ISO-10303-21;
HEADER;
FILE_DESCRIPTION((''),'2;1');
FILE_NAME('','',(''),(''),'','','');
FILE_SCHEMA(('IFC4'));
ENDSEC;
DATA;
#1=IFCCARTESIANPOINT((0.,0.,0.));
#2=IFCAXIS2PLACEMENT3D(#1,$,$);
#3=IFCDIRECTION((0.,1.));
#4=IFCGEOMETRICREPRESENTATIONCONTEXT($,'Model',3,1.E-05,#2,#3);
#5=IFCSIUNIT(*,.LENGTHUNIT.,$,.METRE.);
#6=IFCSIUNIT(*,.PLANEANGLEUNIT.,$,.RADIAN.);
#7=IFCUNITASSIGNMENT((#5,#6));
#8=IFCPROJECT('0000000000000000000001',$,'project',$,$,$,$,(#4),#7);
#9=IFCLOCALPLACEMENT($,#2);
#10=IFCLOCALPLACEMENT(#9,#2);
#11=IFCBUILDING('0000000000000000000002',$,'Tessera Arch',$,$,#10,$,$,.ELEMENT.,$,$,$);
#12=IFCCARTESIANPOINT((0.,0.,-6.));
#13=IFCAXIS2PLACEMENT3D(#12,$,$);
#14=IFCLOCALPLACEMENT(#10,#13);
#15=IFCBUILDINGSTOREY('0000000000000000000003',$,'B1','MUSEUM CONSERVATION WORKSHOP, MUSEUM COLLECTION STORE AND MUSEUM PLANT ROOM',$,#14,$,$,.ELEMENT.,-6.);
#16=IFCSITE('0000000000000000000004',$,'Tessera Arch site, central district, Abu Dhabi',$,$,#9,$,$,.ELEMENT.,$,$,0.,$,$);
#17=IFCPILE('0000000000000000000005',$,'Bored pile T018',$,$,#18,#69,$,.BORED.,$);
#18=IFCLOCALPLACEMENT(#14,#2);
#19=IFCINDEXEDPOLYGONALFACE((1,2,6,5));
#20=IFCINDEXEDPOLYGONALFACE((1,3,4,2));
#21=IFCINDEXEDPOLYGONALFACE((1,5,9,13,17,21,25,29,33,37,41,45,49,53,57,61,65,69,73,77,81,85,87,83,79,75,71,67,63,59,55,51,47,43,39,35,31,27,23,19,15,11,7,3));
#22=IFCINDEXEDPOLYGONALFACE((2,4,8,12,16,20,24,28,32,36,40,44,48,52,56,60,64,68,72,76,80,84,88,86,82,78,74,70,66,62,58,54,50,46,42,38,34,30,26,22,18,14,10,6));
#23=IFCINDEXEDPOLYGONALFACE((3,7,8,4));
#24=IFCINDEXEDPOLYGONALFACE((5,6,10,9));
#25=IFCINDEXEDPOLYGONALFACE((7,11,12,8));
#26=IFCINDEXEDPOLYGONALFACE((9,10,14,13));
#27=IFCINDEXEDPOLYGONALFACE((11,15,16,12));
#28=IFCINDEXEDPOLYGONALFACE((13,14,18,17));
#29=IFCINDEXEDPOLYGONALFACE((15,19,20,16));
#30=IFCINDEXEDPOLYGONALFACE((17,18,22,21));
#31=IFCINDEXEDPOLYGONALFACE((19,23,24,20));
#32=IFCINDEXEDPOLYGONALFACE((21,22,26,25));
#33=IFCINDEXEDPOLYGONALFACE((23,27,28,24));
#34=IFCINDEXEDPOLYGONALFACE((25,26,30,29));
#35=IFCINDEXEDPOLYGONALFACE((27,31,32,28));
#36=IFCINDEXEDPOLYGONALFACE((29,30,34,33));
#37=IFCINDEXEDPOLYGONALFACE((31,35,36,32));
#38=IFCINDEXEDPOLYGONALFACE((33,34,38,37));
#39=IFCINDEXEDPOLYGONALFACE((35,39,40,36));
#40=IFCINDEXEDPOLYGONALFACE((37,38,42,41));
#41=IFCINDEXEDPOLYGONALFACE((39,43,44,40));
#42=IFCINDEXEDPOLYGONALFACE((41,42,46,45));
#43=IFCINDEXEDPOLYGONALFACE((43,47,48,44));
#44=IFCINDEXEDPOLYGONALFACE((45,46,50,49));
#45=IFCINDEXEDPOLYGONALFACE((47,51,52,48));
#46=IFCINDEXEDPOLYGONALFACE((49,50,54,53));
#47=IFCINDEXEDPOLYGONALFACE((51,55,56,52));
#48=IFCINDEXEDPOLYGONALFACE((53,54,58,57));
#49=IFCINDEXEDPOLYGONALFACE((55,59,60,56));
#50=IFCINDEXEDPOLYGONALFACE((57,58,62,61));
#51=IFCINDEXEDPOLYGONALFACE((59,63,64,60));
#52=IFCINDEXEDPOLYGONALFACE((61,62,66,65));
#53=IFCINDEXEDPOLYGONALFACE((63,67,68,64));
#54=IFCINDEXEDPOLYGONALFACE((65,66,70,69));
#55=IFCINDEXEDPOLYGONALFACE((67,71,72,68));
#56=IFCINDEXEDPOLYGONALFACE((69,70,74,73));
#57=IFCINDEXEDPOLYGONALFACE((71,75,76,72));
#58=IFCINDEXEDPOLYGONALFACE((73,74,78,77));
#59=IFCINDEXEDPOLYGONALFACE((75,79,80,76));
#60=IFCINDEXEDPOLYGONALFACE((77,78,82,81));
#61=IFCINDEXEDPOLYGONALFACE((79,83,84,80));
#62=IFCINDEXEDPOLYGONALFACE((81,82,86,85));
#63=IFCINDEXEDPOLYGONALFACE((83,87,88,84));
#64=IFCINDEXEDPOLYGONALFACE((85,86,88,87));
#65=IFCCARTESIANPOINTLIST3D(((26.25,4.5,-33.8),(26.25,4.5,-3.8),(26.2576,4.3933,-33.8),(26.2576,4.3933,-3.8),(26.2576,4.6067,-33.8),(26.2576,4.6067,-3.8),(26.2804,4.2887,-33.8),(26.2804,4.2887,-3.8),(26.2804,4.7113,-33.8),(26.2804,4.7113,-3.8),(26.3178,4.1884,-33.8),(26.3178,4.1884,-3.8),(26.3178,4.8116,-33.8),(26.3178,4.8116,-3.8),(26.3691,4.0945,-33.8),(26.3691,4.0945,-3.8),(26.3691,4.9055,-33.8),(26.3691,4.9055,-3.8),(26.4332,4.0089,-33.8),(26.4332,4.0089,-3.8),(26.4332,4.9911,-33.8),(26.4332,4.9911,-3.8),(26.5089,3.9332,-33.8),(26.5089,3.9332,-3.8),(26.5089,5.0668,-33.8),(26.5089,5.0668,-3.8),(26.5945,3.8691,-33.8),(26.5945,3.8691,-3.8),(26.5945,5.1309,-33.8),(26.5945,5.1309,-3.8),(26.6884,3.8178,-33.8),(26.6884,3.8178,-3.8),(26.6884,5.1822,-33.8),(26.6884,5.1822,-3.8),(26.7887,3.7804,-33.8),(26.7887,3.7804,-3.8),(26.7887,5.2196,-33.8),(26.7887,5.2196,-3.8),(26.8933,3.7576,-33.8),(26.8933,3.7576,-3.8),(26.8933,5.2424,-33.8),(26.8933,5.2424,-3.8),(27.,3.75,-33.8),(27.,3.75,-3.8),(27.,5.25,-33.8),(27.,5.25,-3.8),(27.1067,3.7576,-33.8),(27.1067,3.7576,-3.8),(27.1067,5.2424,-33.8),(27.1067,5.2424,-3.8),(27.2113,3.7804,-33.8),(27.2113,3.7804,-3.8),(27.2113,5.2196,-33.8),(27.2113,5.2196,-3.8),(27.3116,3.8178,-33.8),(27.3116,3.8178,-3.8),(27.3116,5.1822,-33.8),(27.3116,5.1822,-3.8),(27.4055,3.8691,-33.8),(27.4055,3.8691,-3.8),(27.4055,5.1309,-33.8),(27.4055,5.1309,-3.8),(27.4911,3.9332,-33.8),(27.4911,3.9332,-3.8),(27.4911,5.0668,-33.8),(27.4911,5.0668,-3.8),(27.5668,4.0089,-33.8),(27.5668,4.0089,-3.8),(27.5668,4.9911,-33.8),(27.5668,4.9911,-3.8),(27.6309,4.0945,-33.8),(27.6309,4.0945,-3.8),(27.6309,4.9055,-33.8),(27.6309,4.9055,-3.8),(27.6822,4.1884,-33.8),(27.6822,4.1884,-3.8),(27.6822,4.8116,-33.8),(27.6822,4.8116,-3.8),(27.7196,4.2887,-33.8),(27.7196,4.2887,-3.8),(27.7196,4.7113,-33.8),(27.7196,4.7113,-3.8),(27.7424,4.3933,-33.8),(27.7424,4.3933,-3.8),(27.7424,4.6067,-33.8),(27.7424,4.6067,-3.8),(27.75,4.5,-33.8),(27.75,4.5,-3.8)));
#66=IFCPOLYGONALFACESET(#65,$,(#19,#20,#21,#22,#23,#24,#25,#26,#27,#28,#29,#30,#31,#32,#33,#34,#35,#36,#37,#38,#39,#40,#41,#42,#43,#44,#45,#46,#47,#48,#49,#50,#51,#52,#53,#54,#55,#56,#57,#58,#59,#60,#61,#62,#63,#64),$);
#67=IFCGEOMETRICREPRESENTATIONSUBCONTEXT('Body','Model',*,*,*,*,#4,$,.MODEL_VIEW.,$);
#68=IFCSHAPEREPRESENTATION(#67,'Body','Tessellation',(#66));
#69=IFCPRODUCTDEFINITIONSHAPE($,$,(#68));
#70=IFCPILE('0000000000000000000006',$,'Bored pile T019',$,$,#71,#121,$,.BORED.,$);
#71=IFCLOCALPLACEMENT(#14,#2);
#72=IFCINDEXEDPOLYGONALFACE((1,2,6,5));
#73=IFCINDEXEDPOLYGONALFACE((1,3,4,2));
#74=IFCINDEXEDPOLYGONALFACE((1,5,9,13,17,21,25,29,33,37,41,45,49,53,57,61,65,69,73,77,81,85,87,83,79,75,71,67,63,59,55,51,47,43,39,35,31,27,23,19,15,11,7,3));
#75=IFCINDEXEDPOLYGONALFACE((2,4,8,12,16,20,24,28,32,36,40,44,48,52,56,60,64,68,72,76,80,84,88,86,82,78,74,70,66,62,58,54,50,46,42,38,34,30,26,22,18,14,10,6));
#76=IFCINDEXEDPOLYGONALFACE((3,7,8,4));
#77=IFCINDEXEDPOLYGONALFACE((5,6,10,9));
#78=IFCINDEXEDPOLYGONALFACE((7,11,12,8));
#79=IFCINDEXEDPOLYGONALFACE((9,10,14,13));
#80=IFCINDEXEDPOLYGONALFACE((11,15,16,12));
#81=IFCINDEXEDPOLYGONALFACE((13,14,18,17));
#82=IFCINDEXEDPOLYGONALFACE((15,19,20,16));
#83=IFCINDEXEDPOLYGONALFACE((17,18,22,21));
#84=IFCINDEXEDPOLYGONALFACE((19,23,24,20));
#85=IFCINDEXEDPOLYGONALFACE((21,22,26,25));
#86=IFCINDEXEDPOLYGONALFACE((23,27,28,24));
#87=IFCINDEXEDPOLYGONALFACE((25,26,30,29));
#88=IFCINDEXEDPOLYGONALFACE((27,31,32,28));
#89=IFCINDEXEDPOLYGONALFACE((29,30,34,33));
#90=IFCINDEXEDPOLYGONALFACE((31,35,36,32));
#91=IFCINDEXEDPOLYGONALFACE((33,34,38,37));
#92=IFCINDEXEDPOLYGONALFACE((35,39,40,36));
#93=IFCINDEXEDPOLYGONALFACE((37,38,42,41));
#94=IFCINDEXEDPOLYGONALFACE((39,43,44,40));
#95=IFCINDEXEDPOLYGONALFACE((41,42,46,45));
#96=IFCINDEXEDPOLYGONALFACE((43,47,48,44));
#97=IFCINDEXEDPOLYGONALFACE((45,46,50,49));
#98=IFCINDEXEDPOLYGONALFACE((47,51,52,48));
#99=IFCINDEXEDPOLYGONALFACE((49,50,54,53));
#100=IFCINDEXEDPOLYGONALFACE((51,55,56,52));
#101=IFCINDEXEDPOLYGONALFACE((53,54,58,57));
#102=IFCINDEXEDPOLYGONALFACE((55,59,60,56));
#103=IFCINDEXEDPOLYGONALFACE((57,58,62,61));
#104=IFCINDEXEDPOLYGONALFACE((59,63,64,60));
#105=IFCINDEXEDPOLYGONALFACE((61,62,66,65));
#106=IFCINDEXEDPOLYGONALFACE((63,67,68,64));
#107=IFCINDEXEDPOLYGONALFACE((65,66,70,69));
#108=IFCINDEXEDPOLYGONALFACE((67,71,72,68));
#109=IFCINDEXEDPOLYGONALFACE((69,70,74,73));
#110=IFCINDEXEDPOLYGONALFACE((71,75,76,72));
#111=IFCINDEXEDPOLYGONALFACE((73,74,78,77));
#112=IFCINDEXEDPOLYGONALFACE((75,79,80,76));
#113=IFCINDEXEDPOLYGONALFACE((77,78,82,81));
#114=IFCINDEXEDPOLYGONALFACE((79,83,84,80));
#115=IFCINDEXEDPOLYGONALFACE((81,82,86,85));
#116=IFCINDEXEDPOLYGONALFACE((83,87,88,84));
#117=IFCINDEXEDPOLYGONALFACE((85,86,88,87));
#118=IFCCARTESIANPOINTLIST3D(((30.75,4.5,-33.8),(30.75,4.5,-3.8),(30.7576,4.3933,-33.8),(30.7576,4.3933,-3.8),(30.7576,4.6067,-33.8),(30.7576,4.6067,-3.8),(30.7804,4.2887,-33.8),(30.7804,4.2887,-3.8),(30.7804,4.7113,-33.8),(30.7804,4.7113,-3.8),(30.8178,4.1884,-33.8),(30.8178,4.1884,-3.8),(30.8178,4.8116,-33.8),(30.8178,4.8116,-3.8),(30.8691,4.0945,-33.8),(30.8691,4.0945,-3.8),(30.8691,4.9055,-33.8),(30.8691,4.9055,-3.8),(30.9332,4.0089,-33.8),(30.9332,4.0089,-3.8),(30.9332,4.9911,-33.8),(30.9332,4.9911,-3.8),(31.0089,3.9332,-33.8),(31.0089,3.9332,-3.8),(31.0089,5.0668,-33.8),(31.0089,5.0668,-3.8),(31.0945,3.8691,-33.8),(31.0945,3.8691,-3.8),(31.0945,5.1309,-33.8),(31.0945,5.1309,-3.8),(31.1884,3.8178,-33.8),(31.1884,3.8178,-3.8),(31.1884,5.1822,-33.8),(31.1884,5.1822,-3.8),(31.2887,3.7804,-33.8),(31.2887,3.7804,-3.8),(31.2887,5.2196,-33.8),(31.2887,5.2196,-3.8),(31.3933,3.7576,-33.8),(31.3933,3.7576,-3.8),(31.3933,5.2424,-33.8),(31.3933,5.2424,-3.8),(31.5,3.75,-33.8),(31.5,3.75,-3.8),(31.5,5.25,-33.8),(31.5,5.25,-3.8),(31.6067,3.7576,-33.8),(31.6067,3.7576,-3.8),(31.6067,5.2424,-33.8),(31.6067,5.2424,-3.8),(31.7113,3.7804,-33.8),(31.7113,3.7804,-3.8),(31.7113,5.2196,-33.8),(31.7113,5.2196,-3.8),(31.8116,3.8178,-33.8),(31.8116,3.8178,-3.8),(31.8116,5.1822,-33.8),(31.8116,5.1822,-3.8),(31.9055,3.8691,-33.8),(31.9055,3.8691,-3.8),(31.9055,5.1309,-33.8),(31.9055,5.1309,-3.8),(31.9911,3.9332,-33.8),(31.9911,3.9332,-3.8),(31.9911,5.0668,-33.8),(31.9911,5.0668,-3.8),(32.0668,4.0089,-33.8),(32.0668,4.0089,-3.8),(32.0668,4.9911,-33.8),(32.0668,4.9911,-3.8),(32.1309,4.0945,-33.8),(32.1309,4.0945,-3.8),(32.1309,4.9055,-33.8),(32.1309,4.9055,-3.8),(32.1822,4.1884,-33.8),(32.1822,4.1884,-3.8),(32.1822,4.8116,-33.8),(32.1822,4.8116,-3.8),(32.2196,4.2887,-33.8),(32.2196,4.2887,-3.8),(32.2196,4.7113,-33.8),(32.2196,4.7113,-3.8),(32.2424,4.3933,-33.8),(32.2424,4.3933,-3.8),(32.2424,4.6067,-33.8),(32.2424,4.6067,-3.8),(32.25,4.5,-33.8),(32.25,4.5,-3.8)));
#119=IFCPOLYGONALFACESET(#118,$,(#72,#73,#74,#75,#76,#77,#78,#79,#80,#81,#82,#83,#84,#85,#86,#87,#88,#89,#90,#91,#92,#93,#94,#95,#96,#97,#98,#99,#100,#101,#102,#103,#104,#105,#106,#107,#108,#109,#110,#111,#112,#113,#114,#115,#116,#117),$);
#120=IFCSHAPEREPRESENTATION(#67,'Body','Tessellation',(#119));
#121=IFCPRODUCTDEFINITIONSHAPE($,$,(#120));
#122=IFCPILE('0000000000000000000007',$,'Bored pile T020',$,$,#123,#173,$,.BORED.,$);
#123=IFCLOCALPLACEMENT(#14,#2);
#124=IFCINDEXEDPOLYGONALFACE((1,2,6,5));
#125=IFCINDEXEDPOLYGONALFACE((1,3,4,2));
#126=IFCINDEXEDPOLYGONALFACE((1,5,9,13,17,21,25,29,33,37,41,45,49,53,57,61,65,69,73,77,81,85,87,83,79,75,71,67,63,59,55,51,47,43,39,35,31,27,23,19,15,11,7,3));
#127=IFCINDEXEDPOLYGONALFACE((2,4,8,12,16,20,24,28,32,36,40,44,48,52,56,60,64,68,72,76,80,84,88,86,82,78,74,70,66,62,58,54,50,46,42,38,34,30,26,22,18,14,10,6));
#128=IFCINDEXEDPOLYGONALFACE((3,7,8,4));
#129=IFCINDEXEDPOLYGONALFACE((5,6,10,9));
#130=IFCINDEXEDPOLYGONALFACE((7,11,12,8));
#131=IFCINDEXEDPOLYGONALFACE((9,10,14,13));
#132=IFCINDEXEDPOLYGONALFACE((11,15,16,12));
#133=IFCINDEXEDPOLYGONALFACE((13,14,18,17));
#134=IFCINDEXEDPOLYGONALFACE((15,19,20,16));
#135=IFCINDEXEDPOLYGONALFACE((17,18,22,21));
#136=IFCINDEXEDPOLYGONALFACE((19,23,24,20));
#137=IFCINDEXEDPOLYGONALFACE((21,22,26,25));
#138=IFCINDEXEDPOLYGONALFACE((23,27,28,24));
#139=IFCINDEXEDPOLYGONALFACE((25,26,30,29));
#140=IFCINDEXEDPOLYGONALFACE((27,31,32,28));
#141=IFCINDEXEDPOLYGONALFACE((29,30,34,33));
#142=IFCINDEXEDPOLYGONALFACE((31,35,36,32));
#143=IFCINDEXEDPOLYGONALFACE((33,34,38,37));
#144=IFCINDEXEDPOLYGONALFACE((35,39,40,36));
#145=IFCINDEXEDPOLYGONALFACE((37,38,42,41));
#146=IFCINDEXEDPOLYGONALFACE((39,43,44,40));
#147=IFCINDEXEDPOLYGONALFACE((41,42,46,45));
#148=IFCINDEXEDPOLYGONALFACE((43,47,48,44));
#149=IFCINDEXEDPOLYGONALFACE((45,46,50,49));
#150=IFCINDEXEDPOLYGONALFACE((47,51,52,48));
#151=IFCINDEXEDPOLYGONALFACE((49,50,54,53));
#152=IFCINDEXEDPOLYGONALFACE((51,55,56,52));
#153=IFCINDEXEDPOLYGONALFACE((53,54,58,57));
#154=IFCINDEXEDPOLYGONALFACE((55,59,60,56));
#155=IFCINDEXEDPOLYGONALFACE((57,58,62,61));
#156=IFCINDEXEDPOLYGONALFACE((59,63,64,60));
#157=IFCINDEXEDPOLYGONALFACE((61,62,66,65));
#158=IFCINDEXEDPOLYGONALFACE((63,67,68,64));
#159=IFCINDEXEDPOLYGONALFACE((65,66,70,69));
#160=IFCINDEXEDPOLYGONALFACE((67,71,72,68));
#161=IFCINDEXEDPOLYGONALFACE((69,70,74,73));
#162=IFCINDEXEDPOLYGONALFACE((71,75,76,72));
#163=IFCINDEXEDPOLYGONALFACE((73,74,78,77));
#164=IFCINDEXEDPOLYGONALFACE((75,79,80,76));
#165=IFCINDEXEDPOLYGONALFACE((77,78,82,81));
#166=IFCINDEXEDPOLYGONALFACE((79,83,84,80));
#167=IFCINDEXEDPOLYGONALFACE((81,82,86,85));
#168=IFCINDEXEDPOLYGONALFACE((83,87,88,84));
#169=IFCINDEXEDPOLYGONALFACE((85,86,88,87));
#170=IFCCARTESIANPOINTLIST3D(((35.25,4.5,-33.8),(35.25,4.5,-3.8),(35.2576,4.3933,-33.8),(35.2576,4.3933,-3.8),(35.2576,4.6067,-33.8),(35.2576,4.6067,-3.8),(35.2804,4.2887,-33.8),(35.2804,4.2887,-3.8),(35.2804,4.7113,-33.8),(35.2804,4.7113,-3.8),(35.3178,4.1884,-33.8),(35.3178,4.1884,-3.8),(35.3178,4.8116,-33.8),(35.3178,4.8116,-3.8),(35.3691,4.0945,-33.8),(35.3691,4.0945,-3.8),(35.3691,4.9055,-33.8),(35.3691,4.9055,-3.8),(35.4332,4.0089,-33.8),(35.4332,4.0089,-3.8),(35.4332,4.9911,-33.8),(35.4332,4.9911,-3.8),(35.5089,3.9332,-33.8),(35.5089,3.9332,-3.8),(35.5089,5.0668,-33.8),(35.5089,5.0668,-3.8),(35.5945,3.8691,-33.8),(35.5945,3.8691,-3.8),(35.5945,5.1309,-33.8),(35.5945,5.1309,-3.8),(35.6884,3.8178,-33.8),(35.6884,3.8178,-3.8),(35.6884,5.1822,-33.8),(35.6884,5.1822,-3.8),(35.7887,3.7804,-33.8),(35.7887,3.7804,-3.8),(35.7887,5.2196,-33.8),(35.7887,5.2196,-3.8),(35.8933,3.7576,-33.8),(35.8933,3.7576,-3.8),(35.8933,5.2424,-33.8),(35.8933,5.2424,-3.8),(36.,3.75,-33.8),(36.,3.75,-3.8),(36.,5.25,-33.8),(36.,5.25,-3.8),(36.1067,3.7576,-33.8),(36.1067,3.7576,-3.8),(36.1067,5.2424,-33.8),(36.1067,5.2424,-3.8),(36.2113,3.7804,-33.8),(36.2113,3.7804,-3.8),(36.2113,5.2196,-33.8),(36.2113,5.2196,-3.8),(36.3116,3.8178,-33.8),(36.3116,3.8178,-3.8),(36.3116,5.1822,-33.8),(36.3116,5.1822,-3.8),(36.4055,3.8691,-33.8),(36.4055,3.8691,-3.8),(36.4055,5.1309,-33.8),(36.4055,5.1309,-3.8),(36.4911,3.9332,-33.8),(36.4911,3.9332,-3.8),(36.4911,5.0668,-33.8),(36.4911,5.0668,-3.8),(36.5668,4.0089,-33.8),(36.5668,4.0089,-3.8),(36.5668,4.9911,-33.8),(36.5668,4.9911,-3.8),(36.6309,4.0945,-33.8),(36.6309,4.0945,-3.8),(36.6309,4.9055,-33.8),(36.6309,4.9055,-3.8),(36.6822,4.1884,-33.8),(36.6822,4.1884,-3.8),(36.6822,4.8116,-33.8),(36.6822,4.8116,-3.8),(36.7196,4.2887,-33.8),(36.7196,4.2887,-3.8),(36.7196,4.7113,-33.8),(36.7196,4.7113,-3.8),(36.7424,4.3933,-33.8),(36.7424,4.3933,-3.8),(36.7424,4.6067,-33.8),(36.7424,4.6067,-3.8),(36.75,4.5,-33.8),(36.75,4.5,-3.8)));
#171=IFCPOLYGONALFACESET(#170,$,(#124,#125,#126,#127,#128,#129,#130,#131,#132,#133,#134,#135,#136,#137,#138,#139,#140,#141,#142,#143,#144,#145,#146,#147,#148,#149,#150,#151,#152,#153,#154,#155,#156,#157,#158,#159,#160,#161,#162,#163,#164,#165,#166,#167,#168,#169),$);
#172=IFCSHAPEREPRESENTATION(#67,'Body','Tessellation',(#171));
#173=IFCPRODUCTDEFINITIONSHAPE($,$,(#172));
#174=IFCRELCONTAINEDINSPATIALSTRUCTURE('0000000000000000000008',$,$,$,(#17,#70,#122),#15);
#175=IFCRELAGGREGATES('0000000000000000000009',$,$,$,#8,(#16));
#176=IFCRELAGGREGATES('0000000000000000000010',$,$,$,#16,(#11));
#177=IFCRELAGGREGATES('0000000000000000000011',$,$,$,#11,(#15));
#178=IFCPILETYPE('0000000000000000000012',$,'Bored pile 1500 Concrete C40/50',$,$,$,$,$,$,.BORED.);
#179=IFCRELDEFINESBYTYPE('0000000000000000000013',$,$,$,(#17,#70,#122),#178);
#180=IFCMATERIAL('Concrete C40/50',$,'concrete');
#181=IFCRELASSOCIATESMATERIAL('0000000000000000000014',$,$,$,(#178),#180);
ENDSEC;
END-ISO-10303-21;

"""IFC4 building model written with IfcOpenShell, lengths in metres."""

from ifc_helpers import new_model, si_unit, direction, frame, origin, origin_2d, place, context, subcontext, project, spatial, circle, extrude, material, type_object, element, save


model = new_model("IFC4")

# Units and contexts
model_context = context("Model", 3, precision=1e-05, world=origin(), true_north=direction((0.0, 1.0)))
body_context = subcontext(model_context, "Body", "Model", "MODEL_VIEW")
ifc_project = project(units=[si_unit("LENGTHUNIT", "METRE"), si_unit("PLANEANGLEUNIT", "RADIAN")], contexts=[model_context])

# Site, building, storey
site_placement = place(None, origin())
site = spatial("IfcSite", under=ifc_project, at=site_placement, Name="Tessera Arch site, central district, Abu Dhabi", CompositionType="ELEMENT", RefElevation=0.0)
building_placement = place(site_placement, origin())
building = spatial("IfcBuilding", under=site, at=building_placement, Name="Tessera Arch", CompositionType="ELEMENT")
storey_placement = place(building_placement, frame((0.0, 0.0, -6.0)))
storey = spatial("IfcBuildingStorey", under=building, at=storey_placement, Name="B1", Description="MUSEUM CONSERVATION WORKSHOP, MUSEUM COLLECTION STORE AND MUSEUM PLANT ROOM", CompositionType="ELEMENT", Elevation=-6.0)

# Piles
ifc_material_1 = material(Name="Concrete C40/50", Category="concrete")
pile_type = type_object("IfcPileType", Name="Bored pile 1500 Concrete C40/50", PredefinedType="BORED", material=ifc_material_1)
for number, where, z_axis, x_axis, name in (
    (1, (27.0, 4.5, -3.8), (0.0, 0.0, -1.0), (1.0, 0.0, 0.0), "Bored pile T018"),
    (2, (31.5, 4.5, -3.8), (0.0, 0.0, -1.0), (1.0, 0.0, 0.0), "Bored pile T019"),
    (3, (36.0, 4.5, -3.8), (0.0, 0.0, -1.0), (1.0, 0.0, 0.0), "Bored pile T020"),
):
    element("IfcPile", number, at=place(storey_placement, frame(where, z_axis=z_axis, x_axis=x_axis)), inside=storey, type_object=pile_type, Name=name, PredefinedType="BORED", context=body_context, shape_type="SweptSolid", body=[
        extrude(circle(Radius=0.75, at=origin_2d()), origin(), (0.0, 0.0, 1.0), 30.0),
    ])

save(model, "model.ifc")
